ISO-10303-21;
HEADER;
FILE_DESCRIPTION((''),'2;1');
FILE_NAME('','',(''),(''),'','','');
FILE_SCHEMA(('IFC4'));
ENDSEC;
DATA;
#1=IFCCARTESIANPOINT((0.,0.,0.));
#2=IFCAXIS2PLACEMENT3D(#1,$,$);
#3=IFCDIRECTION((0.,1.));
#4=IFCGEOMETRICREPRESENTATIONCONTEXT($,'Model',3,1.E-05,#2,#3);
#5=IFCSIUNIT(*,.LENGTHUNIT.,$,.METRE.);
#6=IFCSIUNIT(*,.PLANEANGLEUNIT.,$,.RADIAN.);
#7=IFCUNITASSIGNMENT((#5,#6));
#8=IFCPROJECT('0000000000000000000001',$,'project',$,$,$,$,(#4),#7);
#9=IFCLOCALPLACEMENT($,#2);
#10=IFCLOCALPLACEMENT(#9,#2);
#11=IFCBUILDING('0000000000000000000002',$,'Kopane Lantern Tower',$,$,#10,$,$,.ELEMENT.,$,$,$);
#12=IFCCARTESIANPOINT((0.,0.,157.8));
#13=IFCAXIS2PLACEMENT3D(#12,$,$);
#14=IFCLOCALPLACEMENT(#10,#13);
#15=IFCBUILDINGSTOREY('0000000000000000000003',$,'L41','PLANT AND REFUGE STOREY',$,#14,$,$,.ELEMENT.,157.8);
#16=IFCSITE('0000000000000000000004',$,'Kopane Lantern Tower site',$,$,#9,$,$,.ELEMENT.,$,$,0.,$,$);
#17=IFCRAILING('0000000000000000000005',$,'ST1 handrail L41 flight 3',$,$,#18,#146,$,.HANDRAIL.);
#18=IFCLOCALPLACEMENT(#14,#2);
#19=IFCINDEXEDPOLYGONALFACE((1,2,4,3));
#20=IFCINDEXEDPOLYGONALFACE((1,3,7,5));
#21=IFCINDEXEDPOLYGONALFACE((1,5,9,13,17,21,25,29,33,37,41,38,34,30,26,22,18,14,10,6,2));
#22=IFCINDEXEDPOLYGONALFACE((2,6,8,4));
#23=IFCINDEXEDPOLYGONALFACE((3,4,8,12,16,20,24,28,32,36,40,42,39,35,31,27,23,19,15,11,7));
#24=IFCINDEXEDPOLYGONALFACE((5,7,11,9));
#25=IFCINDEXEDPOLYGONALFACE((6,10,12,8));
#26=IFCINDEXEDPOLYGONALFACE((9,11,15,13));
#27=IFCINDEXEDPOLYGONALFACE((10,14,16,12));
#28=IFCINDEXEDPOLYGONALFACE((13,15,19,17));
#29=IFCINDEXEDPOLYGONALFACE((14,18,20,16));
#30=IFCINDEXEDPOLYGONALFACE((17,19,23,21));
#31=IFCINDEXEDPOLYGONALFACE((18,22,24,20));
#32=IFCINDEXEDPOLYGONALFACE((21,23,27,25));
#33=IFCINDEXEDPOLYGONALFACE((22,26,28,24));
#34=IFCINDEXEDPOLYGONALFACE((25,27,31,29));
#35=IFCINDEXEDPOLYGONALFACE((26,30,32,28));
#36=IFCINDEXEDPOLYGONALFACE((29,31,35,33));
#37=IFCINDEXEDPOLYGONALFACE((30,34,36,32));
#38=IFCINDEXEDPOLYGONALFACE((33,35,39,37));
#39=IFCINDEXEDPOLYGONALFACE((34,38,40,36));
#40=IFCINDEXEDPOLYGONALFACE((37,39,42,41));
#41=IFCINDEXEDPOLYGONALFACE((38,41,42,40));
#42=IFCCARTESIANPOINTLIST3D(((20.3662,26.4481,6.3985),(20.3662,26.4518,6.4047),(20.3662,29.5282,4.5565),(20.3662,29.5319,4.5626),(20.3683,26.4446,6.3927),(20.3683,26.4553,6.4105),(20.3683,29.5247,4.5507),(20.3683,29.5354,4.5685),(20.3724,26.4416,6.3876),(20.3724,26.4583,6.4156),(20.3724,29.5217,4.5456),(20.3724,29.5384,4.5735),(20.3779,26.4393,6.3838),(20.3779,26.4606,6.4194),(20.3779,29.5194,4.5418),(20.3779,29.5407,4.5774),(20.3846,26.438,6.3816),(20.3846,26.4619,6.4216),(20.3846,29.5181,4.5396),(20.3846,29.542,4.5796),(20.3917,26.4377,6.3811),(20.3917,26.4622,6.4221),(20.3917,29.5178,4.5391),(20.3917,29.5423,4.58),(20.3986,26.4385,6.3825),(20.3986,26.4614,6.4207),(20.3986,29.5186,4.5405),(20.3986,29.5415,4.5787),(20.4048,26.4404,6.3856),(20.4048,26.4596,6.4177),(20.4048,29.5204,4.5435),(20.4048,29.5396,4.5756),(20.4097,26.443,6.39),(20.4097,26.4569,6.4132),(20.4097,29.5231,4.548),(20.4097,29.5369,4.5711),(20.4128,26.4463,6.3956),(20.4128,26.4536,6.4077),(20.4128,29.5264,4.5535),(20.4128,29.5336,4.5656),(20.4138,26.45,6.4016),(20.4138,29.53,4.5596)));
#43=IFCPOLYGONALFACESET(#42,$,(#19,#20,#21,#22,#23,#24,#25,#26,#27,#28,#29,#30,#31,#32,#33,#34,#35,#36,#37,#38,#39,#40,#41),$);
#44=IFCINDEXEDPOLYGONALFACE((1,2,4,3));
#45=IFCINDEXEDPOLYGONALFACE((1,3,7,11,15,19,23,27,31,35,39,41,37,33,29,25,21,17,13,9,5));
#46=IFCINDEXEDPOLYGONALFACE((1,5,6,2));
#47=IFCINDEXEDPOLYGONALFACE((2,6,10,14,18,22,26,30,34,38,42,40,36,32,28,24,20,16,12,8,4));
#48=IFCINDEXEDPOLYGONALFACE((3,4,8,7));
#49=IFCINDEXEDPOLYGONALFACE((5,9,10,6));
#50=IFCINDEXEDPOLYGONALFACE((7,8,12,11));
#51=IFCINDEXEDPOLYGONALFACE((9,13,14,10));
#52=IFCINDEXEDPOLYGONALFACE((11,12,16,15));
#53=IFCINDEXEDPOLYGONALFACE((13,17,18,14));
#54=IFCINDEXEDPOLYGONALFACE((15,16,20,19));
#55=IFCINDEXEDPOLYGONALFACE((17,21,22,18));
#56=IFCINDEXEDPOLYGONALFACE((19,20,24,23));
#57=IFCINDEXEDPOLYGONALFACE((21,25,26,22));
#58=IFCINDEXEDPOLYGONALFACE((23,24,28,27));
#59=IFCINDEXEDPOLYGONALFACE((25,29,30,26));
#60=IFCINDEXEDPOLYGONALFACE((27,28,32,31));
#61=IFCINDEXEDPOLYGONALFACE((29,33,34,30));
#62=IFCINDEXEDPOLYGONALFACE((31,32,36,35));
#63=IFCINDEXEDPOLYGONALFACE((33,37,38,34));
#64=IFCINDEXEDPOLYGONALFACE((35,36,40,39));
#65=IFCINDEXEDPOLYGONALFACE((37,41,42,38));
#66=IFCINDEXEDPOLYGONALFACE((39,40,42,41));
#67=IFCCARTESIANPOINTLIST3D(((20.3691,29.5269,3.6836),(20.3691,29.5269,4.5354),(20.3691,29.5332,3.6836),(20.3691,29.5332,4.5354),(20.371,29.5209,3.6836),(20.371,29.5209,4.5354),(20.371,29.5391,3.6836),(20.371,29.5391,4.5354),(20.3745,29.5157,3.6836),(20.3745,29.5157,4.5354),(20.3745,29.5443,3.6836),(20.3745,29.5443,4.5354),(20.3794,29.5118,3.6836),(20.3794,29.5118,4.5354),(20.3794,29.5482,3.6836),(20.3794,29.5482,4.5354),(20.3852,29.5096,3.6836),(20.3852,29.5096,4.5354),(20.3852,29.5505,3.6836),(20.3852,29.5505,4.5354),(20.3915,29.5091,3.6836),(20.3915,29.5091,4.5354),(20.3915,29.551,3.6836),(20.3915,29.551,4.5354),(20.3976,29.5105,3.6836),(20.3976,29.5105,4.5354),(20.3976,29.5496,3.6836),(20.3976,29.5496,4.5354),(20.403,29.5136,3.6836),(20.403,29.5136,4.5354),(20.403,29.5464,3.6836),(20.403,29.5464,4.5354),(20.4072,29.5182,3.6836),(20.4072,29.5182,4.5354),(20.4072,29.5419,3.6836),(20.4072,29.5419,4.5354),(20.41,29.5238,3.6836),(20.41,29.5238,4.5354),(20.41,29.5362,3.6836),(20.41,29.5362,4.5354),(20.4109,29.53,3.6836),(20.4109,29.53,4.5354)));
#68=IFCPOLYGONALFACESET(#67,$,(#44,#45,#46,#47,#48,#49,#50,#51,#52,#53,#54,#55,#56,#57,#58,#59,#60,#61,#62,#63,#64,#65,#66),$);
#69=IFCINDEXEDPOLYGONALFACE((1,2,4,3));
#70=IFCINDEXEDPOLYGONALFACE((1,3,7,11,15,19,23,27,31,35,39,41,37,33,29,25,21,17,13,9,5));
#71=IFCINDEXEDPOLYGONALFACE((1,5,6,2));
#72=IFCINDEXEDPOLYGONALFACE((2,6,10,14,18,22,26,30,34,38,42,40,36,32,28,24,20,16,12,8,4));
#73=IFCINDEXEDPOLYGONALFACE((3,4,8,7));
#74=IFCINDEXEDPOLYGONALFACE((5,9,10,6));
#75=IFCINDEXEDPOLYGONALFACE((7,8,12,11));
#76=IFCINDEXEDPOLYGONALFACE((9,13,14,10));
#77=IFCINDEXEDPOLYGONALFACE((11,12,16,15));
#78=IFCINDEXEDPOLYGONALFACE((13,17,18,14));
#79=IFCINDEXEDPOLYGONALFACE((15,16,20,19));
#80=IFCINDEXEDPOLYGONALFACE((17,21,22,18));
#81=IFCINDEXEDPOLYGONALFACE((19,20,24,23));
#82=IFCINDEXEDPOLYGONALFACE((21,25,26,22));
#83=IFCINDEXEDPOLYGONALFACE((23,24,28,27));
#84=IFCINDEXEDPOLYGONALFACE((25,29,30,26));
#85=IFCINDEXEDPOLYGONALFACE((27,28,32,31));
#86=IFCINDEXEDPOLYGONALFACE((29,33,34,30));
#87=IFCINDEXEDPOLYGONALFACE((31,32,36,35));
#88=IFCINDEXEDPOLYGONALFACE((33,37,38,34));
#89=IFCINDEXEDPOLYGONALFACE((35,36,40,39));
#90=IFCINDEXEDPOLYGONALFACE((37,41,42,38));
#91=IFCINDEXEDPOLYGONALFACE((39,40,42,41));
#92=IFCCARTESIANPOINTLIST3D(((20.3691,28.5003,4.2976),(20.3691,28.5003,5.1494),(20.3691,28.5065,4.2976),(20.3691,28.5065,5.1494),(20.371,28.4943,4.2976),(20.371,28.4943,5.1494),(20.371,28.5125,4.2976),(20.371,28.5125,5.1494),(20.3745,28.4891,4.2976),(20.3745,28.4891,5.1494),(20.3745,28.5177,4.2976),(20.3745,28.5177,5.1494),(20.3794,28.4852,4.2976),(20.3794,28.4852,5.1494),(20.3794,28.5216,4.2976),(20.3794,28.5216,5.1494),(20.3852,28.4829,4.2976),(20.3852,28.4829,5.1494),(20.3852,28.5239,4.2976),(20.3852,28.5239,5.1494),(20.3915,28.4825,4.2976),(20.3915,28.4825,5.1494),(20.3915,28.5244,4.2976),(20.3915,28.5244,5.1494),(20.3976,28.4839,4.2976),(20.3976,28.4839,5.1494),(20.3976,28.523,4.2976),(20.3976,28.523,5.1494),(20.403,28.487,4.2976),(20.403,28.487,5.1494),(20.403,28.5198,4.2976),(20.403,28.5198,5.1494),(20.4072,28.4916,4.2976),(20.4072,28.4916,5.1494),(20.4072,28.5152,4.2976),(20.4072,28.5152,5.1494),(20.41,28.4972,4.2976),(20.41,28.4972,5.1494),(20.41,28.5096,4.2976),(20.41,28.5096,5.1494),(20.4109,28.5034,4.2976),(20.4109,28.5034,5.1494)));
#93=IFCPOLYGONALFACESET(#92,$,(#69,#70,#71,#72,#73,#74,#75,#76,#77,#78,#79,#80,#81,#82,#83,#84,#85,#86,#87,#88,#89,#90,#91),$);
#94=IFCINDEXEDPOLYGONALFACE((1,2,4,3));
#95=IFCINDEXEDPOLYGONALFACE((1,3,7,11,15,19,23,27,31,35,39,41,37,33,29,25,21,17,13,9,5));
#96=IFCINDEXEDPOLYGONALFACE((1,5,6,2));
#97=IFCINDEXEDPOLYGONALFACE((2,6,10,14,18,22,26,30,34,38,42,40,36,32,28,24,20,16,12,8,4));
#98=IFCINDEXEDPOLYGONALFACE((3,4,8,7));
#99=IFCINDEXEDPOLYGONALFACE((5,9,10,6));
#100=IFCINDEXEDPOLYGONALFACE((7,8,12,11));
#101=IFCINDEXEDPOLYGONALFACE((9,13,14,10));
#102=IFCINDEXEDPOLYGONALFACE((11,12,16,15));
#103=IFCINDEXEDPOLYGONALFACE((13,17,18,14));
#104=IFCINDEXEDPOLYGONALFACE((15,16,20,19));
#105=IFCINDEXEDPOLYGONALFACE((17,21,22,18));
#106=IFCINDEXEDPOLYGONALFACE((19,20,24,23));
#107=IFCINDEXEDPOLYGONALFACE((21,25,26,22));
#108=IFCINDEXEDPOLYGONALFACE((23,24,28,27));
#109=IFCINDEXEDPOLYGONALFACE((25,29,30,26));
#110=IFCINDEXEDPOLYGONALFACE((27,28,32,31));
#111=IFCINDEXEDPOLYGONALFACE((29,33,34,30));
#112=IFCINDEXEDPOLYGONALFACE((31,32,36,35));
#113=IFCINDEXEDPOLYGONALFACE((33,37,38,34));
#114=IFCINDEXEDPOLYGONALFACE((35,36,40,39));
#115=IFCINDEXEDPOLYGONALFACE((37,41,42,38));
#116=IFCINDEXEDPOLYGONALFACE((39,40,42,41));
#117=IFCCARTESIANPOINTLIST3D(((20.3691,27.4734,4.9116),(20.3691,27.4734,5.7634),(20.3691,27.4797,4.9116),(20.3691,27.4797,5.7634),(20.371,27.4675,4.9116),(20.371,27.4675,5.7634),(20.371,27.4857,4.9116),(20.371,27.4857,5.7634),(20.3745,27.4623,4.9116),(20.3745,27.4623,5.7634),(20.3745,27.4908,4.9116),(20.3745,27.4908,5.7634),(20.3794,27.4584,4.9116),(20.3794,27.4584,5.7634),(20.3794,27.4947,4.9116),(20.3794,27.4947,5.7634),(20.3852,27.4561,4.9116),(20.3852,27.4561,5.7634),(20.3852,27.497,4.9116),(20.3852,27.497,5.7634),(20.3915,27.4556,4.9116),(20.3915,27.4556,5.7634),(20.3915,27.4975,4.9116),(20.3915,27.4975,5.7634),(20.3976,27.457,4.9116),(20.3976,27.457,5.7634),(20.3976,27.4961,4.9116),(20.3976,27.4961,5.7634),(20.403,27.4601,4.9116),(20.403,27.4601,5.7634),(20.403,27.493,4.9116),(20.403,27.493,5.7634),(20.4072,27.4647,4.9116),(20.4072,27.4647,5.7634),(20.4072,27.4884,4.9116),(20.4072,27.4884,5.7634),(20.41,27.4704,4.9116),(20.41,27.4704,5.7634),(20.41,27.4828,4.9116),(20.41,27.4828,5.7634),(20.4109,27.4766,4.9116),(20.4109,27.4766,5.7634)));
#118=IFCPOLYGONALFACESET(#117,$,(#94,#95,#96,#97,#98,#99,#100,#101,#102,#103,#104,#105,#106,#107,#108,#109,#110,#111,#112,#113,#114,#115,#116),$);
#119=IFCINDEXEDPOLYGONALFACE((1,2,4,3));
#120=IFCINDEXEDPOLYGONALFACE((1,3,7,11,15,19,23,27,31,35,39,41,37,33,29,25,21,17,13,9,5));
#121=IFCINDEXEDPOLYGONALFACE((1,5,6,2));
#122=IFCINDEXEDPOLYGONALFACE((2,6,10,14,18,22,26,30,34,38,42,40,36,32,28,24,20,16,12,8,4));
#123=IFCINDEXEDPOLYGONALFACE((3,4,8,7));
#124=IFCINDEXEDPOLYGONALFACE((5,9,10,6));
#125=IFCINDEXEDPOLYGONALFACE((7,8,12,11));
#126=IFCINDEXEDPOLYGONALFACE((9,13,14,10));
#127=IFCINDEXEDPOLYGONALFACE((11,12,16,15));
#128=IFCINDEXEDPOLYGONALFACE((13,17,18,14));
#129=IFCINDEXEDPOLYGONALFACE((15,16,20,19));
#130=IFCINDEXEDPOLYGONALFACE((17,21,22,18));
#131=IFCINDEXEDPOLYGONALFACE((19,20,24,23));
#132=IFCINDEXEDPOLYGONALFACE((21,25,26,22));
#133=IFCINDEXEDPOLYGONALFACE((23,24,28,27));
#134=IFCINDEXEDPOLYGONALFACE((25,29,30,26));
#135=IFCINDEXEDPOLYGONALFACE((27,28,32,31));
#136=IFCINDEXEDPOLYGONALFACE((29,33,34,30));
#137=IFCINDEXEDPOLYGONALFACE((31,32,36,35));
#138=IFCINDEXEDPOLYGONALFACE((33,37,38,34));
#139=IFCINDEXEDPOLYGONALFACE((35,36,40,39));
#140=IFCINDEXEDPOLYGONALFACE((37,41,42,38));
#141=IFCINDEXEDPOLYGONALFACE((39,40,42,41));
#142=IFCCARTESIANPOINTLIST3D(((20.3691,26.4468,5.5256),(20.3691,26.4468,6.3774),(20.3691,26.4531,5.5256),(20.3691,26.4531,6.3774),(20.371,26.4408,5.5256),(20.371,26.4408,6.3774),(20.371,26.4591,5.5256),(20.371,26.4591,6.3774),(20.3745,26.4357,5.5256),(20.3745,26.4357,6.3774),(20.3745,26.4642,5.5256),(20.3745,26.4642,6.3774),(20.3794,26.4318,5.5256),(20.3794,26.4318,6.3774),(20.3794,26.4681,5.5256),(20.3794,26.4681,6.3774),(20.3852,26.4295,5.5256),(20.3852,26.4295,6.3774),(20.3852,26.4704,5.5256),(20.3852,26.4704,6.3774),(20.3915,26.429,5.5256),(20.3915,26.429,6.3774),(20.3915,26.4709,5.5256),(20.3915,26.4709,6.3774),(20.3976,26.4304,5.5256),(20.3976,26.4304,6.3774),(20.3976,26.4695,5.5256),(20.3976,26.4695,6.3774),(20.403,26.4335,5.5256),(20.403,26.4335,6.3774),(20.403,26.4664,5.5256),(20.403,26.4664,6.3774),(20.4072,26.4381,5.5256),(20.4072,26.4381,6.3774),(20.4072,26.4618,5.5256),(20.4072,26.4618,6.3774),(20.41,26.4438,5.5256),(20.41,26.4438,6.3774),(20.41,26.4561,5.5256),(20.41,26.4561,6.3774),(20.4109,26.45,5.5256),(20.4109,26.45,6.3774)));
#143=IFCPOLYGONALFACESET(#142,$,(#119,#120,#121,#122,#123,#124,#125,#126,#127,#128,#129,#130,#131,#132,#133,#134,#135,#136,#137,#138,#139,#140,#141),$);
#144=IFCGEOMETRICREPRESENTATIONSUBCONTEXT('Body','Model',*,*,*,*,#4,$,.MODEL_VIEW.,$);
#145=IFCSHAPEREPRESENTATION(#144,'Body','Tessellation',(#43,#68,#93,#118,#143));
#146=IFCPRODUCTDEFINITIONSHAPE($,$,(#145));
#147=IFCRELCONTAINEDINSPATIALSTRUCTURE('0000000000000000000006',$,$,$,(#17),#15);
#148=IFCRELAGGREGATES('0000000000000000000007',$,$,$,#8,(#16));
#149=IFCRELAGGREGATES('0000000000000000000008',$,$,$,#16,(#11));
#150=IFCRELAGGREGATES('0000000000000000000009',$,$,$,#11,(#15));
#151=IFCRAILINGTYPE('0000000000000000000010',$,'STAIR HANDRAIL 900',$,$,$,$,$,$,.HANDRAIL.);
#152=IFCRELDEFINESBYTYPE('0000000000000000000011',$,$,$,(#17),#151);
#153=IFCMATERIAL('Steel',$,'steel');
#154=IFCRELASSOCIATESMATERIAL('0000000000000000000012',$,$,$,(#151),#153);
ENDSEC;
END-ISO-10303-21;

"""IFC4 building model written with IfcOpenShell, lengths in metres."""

from ifc_helpers import new_model, si_unit, direction, frame, origin, origin_2d, place, context, subcontext, project, spatial, circle, extrude, material, type_object, element, save


model = new_model("IFC4")

# Units and contexts
model_context = context("Model", 3, precision=1e-05, world=origin(), true_north=direction((0.0, 1.0)))
body_context = subcontext(model_context, "Body", "Model", "MODEL_VIEW")
ifc_project = project(units=[si_unit("LENGTHUNIT", "METRE"), si_unit("PLANEANGLEUNIT", "RADIAN")], contexts=[model_context])

# Site, building, storey
site_placement = place(None, origin())
site = spatial("IfcSite", under=ifc_project, at=site_placement, Name="Kopane Lantern Tower site", CompositionType="ELEMENT", RefElevation=0.0)
building_placement = place(site_placement, origin())
building = spatial("IfcBuilding", under=site, at=building_placement, Name="Kopane Lantern Tower", CompositionType="ELEMENT")
storey_placement = place(building_placement, frame((0.0, 0.0, 157.8)))
storey = spatial("IfcBuildingStorey", under=building, at=storey_placement, Name="L41", Description="PLANT AND REFUGE STOREY", CompositionType="ELEMENT", Elevation=157.8)

# Railing
ifc_material_1 = material(Name="Steel", Category="steel")
railing_type = type_object("IfcRailingType", Name="STAIR HANDRAIL 900", PredefinedType="HANDRAIL", material=ifc_material_1)
for number, where, name in (
    (1, (20.3899, 29.53, 3.6836), "ST1 handrail L41 flight 3"),
):
    element("IfcRailing", number, at=place(storey_placement, frame(where)), inside=storey, type_object=railing_type, Name=name, PredefinedType="HANDRAIL", context=body_context, shape_type="SweptSolid", body=[
        extrude(circle(Radius=0.0239, at=origin_2d()), frame((0.0, 0.0, 0.876), z_axis=(0.0, -0.85823, 0.513265), x_axis=(1.0, 0.0, 0.0)), (0.0, 0.0, 1.0), 3.5889),
        extrude(circle(Radius=0.021, at=origin_2d()), origin(), (0.0, 0.0, 1.0), 0.8518),
        extrude(circle(Radius=0.021, at=origin_2d()), frame((0.0, -1.0266, 0.614)), (0.0, 0.0, 1.0), 0.8518),
        extrude(circle(Radius=0.021, at=origin_2d()), frame((0.0, -2.0535, 1.228)), (0.0, 0.0, 1.0), 0.8518),
        extrude(circle(Radius=0.021, at=origin_2d()), frame((0.0, -3.0801, 1.842)), (0.0, 0.0, 1.0), 0.8518),
    ])

save(model, "model.ifc")
